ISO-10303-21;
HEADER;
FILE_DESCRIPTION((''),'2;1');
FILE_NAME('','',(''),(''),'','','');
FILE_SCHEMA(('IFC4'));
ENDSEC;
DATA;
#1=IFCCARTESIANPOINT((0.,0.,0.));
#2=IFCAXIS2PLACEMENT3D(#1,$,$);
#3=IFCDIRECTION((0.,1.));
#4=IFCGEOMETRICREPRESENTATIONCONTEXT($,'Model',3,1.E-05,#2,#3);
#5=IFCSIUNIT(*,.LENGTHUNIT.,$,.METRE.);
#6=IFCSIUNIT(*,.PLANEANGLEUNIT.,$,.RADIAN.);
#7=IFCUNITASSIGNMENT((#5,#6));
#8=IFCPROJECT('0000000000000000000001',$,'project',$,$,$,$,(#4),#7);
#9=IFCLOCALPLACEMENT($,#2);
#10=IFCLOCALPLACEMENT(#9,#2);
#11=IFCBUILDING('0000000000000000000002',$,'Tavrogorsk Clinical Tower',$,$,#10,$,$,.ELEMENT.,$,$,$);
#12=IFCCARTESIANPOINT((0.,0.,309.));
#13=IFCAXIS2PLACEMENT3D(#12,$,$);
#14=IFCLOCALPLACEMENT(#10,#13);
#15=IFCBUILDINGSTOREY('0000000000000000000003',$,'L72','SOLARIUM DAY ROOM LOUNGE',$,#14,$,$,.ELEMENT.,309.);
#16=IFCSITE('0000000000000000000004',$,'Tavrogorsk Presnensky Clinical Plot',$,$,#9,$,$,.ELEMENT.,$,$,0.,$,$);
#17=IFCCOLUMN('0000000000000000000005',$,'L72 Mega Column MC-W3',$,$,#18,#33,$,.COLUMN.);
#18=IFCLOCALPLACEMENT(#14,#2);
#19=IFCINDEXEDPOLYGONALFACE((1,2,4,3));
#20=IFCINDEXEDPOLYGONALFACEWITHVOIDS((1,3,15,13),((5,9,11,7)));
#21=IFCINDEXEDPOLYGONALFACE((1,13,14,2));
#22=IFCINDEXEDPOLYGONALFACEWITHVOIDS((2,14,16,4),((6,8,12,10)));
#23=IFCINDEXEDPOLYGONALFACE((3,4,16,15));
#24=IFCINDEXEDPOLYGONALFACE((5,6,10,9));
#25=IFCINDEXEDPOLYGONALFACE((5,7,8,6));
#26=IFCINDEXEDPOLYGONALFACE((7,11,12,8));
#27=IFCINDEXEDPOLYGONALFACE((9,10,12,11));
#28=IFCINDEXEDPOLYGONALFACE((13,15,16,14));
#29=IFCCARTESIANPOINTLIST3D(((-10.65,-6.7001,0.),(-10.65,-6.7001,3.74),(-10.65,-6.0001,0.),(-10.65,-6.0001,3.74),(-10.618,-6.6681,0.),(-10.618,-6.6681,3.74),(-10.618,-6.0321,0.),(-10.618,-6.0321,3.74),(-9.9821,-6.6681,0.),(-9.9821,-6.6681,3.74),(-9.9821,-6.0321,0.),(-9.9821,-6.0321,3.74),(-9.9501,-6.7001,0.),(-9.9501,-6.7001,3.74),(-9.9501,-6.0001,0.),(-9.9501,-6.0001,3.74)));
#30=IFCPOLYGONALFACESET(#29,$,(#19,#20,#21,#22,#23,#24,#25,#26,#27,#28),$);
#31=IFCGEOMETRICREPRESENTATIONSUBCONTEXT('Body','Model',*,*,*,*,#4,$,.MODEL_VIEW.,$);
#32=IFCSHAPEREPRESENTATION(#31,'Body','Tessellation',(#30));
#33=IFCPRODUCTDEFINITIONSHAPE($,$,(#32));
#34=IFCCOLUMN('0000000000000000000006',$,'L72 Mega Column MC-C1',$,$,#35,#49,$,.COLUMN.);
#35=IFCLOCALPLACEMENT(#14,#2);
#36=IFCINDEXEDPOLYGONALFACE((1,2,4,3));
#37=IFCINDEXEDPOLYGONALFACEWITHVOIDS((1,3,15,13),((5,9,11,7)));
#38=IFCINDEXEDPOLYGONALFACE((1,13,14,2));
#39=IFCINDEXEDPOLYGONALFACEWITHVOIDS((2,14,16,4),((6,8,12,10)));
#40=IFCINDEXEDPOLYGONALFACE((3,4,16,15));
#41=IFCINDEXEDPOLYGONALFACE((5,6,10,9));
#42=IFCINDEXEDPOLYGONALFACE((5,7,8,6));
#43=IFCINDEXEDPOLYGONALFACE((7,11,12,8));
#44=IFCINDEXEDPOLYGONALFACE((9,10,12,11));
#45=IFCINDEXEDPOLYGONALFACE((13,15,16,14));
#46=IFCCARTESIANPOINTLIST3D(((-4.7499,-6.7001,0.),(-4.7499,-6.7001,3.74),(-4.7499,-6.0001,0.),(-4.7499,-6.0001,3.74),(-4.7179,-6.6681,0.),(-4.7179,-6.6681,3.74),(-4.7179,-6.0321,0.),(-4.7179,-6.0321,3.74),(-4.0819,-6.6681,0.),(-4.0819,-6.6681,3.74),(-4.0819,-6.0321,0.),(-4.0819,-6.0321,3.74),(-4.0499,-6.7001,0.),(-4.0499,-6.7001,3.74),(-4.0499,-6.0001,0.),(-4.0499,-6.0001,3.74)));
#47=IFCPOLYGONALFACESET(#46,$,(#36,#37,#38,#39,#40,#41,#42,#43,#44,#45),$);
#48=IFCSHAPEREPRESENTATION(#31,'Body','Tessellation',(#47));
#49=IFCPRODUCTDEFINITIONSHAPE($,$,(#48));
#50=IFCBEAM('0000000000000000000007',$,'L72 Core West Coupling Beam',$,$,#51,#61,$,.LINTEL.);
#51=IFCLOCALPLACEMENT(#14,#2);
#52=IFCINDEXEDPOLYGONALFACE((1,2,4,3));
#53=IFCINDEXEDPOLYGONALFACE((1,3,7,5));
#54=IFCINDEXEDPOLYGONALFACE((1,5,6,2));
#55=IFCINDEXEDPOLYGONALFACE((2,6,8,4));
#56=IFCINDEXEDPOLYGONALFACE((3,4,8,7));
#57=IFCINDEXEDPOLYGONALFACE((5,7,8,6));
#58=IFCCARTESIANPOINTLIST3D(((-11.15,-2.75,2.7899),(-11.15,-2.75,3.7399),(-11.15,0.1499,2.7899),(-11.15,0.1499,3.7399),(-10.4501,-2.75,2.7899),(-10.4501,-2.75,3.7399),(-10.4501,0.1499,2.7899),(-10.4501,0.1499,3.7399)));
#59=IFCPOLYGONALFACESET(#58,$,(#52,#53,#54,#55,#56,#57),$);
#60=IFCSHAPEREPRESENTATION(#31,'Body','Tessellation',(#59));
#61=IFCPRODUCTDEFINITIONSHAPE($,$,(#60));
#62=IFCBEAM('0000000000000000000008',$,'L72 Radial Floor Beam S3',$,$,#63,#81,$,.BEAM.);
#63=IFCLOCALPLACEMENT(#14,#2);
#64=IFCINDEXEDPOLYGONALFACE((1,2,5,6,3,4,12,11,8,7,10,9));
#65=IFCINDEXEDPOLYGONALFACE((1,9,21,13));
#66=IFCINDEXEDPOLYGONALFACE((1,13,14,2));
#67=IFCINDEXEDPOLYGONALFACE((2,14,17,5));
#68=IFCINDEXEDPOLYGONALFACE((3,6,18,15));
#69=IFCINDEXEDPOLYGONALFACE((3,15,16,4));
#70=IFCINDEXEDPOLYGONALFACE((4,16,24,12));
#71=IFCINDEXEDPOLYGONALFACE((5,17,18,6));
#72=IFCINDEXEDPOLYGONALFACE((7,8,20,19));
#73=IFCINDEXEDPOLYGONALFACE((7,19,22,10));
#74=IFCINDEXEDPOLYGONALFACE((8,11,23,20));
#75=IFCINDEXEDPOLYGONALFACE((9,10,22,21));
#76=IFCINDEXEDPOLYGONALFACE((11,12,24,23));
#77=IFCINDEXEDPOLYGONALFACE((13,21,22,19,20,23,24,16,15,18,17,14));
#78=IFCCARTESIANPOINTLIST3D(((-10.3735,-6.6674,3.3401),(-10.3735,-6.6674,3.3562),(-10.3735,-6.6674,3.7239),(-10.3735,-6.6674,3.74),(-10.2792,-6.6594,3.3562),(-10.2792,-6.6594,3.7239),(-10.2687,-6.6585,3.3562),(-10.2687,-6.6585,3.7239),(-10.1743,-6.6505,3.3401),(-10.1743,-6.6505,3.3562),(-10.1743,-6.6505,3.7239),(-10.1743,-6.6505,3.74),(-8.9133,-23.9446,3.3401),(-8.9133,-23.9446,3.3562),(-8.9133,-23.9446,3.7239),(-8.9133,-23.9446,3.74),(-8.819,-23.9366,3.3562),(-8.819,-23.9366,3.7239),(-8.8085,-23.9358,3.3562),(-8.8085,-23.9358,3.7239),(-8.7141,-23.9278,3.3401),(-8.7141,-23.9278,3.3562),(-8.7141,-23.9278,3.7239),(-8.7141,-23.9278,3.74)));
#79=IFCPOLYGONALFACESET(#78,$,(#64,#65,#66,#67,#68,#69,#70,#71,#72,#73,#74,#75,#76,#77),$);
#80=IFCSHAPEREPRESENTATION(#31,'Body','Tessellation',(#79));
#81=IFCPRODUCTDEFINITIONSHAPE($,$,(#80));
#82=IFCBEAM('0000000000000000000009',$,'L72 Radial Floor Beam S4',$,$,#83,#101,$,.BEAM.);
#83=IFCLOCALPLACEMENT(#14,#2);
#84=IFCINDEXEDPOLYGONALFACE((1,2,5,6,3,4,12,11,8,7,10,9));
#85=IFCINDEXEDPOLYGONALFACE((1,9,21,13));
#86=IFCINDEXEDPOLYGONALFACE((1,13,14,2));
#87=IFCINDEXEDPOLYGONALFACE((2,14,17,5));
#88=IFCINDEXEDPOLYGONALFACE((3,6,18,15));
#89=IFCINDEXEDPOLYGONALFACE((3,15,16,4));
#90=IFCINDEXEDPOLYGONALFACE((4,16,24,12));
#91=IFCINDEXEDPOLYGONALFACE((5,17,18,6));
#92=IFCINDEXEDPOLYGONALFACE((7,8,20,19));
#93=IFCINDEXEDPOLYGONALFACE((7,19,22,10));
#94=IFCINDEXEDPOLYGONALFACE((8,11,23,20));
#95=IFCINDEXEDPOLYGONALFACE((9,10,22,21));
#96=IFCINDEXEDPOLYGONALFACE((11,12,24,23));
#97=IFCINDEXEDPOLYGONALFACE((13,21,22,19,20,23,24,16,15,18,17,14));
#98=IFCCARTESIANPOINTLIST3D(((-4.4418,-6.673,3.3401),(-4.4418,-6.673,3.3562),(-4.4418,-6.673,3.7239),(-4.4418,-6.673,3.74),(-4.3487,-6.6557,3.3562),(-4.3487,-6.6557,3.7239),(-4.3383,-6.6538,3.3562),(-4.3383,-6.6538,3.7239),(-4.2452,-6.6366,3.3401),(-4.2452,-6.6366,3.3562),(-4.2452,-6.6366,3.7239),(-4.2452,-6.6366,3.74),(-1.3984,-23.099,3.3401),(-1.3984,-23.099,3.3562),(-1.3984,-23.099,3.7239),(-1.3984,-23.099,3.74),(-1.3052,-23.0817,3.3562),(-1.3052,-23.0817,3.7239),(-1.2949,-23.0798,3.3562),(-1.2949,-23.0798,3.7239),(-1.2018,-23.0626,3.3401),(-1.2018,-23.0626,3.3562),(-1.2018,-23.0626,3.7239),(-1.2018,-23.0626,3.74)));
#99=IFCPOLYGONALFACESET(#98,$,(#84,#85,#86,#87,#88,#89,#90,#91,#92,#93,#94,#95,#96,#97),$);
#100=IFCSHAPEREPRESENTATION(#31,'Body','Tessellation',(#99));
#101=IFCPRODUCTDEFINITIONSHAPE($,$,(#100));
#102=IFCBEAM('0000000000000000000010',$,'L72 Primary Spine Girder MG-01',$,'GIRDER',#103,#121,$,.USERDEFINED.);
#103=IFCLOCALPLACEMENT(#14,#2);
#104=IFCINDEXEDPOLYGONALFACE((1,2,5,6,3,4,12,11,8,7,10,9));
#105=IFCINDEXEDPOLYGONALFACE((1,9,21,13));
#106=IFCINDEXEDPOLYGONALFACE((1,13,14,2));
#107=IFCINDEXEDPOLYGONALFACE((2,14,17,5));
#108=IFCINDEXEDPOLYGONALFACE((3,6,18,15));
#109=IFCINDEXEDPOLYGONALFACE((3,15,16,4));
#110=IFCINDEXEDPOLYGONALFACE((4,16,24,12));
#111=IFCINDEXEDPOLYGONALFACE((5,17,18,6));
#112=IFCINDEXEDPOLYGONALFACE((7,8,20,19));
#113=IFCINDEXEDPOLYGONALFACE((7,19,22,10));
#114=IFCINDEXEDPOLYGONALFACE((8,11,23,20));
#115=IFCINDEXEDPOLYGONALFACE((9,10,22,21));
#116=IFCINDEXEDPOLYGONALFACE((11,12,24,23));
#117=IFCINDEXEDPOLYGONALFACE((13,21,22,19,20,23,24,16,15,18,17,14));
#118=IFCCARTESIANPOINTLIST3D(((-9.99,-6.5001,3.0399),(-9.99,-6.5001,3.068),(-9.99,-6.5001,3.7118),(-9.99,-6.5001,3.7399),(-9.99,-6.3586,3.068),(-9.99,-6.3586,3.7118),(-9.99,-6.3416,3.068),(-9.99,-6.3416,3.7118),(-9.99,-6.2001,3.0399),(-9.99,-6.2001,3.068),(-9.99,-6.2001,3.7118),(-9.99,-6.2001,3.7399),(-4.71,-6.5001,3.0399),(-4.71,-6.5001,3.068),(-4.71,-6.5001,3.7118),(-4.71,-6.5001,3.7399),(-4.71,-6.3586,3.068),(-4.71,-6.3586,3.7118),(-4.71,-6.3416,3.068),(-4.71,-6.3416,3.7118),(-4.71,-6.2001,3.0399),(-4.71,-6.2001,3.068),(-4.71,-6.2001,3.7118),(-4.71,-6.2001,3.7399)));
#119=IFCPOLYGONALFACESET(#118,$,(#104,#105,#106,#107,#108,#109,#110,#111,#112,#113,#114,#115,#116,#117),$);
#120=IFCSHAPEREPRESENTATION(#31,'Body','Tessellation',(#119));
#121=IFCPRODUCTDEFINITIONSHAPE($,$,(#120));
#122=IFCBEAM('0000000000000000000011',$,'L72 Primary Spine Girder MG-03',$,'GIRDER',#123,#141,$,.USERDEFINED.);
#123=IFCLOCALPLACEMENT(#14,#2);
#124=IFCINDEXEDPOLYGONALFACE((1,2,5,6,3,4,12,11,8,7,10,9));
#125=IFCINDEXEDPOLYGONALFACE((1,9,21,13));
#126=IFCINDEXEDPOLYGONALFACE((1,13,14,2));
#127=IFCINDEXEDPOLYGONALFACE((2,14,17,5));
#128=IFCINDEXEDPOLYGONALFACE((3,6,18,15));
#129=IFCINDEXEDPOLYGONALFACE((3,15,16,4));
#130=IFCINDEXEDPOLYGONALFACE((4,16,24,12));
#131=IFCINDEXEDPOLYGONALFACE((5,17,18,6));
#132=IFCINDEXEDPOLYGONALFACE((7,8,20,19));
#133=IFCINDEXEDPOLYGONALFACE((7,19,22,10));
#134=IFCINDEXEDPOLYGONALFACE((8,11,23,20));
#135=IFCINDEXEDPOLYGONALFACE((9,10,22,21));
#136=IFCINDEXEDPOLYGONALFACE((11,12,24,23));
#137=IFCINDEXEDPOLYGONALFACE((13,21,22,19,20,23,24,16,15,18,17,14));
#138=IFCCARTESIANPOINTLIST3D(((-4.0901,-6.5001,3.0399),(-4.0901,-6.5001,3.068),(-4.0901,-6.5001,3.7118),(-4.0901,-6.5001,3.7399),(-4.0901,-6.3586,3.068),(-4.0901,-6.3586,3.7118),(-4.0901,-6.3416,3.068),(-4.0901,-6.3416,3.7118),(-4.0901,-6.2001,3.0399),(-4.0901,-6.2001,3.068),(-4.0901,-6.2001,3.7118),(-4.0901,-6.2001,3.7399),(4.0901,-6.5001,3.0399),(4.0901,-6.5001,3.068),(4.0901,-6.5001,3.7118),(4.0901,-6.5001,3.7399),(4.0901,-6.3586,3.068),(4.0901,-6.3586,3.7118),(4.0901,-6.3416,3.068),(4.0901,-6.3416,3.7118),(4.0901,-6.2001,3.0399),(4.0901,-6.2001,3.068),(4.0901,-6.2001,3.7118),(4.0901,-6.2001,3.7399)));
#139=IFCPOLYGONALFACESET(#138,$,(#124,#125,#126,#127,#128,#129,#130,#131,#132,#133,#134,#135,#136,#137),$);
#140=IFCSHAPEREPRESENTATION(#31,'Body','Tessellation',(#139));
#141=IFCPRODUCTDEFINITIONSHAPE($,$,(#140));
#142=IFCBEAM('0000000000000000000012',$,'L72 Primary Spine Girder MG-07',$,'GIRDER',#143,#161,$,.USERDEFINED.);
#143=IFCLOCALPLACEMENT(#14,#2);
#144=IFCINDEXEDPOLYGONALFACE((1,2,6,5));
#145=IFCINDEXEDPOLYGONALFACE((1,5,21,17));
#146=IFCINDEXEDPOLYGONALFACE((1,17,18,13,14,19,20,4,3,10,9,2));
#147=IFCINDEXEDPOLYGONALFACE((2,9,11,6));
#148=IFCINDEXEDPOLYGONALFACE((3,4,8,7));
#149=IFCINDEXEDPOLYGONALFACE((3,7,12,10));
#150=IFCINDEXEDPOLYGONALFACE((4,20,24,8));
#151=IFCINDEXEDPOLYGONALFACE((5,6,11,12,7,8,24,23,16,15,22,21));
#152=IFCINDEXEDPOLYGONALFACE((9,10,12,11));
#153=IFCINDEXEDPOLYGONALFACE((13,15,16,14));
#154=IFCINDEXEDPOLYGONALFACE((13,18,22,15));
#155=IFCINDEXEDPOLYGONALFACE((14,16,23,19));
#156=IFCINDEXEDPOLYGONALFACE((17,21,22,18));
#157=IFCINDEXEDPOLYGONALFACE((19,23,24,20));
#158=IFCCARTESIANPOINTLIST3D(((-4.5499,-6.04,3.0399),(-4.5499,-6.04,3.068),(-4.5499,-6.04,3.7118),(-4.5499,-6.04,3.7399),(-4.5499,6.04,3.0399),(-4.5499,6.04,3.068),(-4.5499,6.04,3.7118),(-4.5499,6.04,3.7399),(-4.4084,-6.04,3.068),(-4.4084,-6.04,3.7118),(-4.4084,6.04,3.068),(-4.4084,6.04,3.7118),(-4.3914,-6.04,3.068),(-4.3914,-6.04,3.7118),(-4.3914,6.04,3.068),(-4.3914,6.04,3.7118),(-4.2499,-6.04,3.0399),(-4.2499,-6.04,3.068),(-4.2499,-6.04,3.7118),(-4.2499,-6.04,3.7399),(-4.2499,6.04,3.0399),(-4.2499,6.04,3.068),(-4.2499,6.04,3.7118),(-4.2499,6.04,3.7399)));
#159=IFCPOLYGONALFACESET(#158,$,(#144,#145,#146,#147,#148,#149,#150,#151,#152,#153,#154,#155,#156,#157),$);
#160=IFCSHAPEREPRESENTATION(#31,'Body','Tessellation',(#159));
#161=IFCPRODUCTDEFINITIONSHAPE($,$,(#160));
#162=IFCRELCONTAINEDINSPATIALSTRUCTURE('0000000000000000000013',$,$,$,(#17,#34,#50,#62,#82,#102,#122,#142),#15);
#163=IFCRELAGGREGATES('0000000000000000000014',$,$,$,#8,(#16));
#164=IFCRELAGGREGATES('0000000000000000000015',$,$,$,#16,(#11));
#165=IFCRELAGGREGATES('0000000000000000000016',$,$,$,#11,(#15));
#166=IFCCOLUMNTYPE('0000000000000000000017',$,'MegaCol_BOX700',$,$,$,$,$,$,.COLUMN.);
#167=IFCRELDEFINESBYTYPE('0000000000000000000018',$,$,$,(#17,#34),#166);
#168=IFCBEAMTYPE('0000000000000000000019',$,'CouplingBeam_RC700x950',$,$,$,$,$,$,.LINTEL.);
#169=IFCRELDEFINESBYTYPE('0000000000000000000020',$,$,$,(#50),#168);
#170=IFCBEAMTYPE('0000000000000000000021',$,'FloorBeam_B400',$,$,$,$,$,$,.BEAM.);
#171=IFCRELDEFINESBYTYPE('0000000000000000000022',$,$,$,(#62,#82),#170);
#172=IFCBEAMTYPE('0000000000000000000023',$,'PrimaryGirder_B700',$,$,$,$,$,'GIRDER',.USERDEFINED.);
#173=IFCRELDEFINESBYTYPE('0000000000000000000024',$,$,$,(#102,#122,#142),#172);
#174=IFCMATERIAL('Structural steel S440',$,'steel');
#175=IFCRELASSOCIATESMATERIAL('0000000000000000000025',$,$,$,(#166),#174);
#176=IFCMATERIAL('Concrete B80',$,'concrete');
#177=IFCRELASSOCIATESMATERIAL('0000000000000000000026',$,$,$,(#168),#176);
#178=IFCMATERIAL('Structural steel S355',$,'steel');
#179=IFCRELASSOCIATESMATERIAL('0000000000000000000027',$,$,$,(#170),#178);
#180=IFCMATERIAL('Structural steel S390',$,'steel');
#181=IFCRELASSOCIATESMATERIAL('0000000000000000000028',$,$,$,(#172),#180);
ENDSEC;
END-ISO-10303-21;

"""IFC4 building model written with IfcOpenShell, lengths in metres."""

from ifc_helpers import new_model, si_unit, direction, frame, origin, origin_2d, place, context, subcontext, project, spatial, rectangle, hollow_rectangle, i_section, extrude, material, material_profile, profile_set, type_object, element, save


model = new_model("IFC4")

# Units and contexts
model_context = context("Model", 3, precision=1e-05, world=origin(), true_north=direction((0.0, 1.0)))
body_context = subcontext(model_context, "Body", "Model", "MODEL_VIEW")
ifc_project = project(units=[si_unit("LENGTHUNIT", "METRE"), si_unit("PLANEANGLEUNIT", "RADIAN")], contexts=[model_context])

# Site, building, storey
site_placement = place(None, origin())
site = spatial("IfcSite", under=ifc_project, at=site_placement, Name="Tavrogorsk Presnensky Clinical Plot", CompositionType="ELEMENT", RefElevation=0.0)
building_placement = place(site_placement, origin())
building = spatial("IfcBuilding", under=site, at=building_placement, Name="Tavrogorsk Clinical Tower", CompositionType="ELEMENT")
storey_placement = place(building_placement, frame((0.0, 0.0, 309.0)))
storey = spatial("IfcBuildingStorey", under=building, at=storey_placement, Name="L72", Description="SOLARIUM DAY ROOM LOUNGE", CompositionType="ELEMENT", Elevation=309.0)

# Columns
ifc_material_1 = material(Name="Structural steel S440", Category="steel")
ifc_material_profile_1 = material_profile(ifc_material_1, hollow_rectangle(XDim=0.7, YDim=0.7, WallThickness=0.032, at=origin_2d()), Name="BOX-700x700x32")
ifc_profile_set_1 = profile_set([ifc_material_profile_1], Name="Structural steel S440")
column_type = type_object("IfcColumnType", Name="MegaCol_BOX700", PredefinedType="COLUMN", material=ifc_profile_set_1)
for number, where, z_axis, x_axis, name in (
    (1, (-10.3, -6.3501, 0.0), (0.0, 0.0, 1.0), (1.0, 0.0, 0.0), "L72 Mega Column MC-W3"),
    (2, (-4.3999, -6.3501, 0.0), (0.0, 0.0, 1.0), (1.0, 0.0, 0.0), "L72 Mega Column MC-C1"),
):
    element("IfcColumn", number, at=place(storey_placement, frame(where, z_axis=z_axis, x_axis=x_axis)), inside=storey, type_object=column_type, Name=name, PredefinedType="COLUMN", context=body_context, shape_type="SweptSolid", body=[
        extrude(hollow_rectangle(XDim=0.7, YDim=0.7, WallThickness=0.032, at=origin_2d()), origin(), (0.0, 0.0, 1.0), 3.74),
    ])

# Beams
ifc_material_2 = material(Name="Concrete B80", Category="concrete")
ifc_material_profile_2 = material_profile(ifc_material_2, rectangle(XDim=0.7, YDim=0.95, at=origin_2d()), Name="RC-CB-700x950")
ifc_profile_set_2 = profile_set([ifc_material_profile_2], Name="Concrete B80")
beam_type_1 = type_object("IfcBeamType", Name="CouplingBeam_RC700x950", PredefinedType="LINTEL", material=ifc_profile_set_2)
beam_1_placement = place(storey_placement, frame((-10.8, -2.75, 3.2649), z_axis=(0.0, 1.0, 0.0), x_axis=(-1.0, 0.0, 0.0)))
element("IfcBeam", 3, at=beam_1_placement, inside=storey, type_object=beam_type_1, Name="L72 Core West Coupling Beam", PredefinedType="LINTEL", context=body_context, shape_type="SweptSolid", body=[
    extrude(rectangle(XDim=0.7, YDim=0.95, at=origin_2d()), origin(), (0.0, 0.0, 1.0), 2.8999),
])
ifc_material_3 = material(Name="Structural steel S355", Category="steel")
ifc_material_profile_3 = material_profile(ifc_material_3, i_section(OverallWidth=0.2, OverallDepth=0.3999, WebThickness=0.0105, FlangeThickness=0.0161, at=origin_2d()), Name="B-400x200x10.5x16")
ifc_profile_set_3 = profile_set([ifc_material_profile_3], Name="Structural steel S355")
beam_type_2 = type_object("IfcBeamType", Name="FloorBeam_B400", PredefinedType="BEAM", material=ifc_profile_set_3)
beam_2_placement = place(storey_placement, frame((-10.2739, -6.6589, 3.54), z_axis=(0.084215, -0.996448, 0.0), x_axis=(0.996448, 0.084215, 0.0)))
element("IfcBeam", 4, at=beam_2_placement, inside=storey, type_object=beam_type_2, Name="L72 Radial Floor Beam S3", PredefinedType="BEAM", context=body_context, shape_type="SweptSolid", body=[
    extrude(i_section(OverallWidth=0.2, OverallDepth=0.3999, WebThickness=0.0105, FlangeThickness=0.0161, at=origin_2d()), origin(), (0.0, 0.0, 1.0), 17.3389),
])
beam_3_placement = place(storey_placement, frame((-4.3435, -6.6548, 3.54), z_axis=(0.182182, -0.983265, 0.0), x_axis=(0.983265, 0.182182, 0.0)))
element("IfcBeam", 5, at=beam_3_placement, inside=storey, type_object=beam_type_2, Name="L72 Radial Floor Beam S4", PredefinedType="BEAM", context=body_context, shape_type="SweptSolid", body=[
    extrude(i_section(OverallWidth=0.2, OverallDepth=0.3999, WebThickness=0.0105, FlangeThickness=0.0161, at=origin_2d()), origin(), (0.0, 0.0, 1.0), 16.7056),
])
ifc_material_4 = material(Name="Structural steel S390", Category="steel")
ifc_material_profile_4 = material_profile(ifc_material_4, i_section(OverallWidth=0.3, OverallDepth=0.7, WebThickness=0.0171, FlangeThickness=0.0281, at=origin_2d()), Name="B-700x300x17x28")
ifc_profile_set_4 = profile_set([ifc_material_profile_4], Name="Structural steel S390")
beam_type_3 = type_object("IfcBeamType", Name="PrimaryGirder_B700", ElementType="GIRDER", PredefinedType="USERDEFINED", material=ifc_profile_set_4)
beam_4_placement = place(storey_placement, frame((-9.99, -6.3501, 3.3899), z_axis=(1.0, 0.0, 0.0), x_axis=(0.0, 1.0, 0.0)))
element("IfcBeam", 6, at=beam_4_placement, inside=storey, type_object=beam_type_3, Name="L72 Primary Spine Girder MG-01", ObjectType="GIRDER", PredefinedType="USERDEFINED", context=body_context, shape_type="SweptSolid", body=[
    extrude(i_section(OverallWidth=0.3, OverallDepth=0.7, WebThickness=0.0171, FlangeThickness=0.0281, at=origin_2d()), origin(), (0.0, 0.0, 1.0), 5.28),
])
beam_5_placement = place(storey_placement, frame((-4.0901, -6.3501, 3.3899), z_axis=(1.0, 0.0, 0.0), x_axis=(0.0, 1.0, 0.0)))
element("IfcBeam", 7, at=beam_5_placement, inside=storey, type_object=beam_type_3, Name="L72 Primary Spine Girder MG-03", ObjectType="GIRDER", PredefinedType="USERDEFINED", context=body_context, shape_type="SweptSolid", body=[
    extrude(i_section(OverallWidth=0.3, OverallDepth=0.7, WebThickness=0.0171, FlangeThickness=0.0281, at=origin_2d()), origin(), (0.0, 0.0, 1.0), 8.1802),
])
beam_6_placement = place(storey_placement, frame((-4.3999, -6.04, 3.3899), z_axis=(0.0, 1.0, 0.0), x_axis=(-1.0, 0.0, 0.0)))
element("IfcBeam", 8, at=beam_6_placement, inside=storey, type_object=beam_type_3, Name="L72 Primary Spine Girder MG-07", ObjectType="GIRDER", PredefinedType="USERDEFINED", context=body_context, shape_type="SweptSolid", body=[
    extrude(i_section(OverallWidth=0.3, OverallDepth=0.7, WebThickness=0.0171, FlangeThickness=0.0281, at=origin_2d()), origin(), (0.0, 0.0, 1.0), 12.0801),
])

save(model, "model.ifc")
